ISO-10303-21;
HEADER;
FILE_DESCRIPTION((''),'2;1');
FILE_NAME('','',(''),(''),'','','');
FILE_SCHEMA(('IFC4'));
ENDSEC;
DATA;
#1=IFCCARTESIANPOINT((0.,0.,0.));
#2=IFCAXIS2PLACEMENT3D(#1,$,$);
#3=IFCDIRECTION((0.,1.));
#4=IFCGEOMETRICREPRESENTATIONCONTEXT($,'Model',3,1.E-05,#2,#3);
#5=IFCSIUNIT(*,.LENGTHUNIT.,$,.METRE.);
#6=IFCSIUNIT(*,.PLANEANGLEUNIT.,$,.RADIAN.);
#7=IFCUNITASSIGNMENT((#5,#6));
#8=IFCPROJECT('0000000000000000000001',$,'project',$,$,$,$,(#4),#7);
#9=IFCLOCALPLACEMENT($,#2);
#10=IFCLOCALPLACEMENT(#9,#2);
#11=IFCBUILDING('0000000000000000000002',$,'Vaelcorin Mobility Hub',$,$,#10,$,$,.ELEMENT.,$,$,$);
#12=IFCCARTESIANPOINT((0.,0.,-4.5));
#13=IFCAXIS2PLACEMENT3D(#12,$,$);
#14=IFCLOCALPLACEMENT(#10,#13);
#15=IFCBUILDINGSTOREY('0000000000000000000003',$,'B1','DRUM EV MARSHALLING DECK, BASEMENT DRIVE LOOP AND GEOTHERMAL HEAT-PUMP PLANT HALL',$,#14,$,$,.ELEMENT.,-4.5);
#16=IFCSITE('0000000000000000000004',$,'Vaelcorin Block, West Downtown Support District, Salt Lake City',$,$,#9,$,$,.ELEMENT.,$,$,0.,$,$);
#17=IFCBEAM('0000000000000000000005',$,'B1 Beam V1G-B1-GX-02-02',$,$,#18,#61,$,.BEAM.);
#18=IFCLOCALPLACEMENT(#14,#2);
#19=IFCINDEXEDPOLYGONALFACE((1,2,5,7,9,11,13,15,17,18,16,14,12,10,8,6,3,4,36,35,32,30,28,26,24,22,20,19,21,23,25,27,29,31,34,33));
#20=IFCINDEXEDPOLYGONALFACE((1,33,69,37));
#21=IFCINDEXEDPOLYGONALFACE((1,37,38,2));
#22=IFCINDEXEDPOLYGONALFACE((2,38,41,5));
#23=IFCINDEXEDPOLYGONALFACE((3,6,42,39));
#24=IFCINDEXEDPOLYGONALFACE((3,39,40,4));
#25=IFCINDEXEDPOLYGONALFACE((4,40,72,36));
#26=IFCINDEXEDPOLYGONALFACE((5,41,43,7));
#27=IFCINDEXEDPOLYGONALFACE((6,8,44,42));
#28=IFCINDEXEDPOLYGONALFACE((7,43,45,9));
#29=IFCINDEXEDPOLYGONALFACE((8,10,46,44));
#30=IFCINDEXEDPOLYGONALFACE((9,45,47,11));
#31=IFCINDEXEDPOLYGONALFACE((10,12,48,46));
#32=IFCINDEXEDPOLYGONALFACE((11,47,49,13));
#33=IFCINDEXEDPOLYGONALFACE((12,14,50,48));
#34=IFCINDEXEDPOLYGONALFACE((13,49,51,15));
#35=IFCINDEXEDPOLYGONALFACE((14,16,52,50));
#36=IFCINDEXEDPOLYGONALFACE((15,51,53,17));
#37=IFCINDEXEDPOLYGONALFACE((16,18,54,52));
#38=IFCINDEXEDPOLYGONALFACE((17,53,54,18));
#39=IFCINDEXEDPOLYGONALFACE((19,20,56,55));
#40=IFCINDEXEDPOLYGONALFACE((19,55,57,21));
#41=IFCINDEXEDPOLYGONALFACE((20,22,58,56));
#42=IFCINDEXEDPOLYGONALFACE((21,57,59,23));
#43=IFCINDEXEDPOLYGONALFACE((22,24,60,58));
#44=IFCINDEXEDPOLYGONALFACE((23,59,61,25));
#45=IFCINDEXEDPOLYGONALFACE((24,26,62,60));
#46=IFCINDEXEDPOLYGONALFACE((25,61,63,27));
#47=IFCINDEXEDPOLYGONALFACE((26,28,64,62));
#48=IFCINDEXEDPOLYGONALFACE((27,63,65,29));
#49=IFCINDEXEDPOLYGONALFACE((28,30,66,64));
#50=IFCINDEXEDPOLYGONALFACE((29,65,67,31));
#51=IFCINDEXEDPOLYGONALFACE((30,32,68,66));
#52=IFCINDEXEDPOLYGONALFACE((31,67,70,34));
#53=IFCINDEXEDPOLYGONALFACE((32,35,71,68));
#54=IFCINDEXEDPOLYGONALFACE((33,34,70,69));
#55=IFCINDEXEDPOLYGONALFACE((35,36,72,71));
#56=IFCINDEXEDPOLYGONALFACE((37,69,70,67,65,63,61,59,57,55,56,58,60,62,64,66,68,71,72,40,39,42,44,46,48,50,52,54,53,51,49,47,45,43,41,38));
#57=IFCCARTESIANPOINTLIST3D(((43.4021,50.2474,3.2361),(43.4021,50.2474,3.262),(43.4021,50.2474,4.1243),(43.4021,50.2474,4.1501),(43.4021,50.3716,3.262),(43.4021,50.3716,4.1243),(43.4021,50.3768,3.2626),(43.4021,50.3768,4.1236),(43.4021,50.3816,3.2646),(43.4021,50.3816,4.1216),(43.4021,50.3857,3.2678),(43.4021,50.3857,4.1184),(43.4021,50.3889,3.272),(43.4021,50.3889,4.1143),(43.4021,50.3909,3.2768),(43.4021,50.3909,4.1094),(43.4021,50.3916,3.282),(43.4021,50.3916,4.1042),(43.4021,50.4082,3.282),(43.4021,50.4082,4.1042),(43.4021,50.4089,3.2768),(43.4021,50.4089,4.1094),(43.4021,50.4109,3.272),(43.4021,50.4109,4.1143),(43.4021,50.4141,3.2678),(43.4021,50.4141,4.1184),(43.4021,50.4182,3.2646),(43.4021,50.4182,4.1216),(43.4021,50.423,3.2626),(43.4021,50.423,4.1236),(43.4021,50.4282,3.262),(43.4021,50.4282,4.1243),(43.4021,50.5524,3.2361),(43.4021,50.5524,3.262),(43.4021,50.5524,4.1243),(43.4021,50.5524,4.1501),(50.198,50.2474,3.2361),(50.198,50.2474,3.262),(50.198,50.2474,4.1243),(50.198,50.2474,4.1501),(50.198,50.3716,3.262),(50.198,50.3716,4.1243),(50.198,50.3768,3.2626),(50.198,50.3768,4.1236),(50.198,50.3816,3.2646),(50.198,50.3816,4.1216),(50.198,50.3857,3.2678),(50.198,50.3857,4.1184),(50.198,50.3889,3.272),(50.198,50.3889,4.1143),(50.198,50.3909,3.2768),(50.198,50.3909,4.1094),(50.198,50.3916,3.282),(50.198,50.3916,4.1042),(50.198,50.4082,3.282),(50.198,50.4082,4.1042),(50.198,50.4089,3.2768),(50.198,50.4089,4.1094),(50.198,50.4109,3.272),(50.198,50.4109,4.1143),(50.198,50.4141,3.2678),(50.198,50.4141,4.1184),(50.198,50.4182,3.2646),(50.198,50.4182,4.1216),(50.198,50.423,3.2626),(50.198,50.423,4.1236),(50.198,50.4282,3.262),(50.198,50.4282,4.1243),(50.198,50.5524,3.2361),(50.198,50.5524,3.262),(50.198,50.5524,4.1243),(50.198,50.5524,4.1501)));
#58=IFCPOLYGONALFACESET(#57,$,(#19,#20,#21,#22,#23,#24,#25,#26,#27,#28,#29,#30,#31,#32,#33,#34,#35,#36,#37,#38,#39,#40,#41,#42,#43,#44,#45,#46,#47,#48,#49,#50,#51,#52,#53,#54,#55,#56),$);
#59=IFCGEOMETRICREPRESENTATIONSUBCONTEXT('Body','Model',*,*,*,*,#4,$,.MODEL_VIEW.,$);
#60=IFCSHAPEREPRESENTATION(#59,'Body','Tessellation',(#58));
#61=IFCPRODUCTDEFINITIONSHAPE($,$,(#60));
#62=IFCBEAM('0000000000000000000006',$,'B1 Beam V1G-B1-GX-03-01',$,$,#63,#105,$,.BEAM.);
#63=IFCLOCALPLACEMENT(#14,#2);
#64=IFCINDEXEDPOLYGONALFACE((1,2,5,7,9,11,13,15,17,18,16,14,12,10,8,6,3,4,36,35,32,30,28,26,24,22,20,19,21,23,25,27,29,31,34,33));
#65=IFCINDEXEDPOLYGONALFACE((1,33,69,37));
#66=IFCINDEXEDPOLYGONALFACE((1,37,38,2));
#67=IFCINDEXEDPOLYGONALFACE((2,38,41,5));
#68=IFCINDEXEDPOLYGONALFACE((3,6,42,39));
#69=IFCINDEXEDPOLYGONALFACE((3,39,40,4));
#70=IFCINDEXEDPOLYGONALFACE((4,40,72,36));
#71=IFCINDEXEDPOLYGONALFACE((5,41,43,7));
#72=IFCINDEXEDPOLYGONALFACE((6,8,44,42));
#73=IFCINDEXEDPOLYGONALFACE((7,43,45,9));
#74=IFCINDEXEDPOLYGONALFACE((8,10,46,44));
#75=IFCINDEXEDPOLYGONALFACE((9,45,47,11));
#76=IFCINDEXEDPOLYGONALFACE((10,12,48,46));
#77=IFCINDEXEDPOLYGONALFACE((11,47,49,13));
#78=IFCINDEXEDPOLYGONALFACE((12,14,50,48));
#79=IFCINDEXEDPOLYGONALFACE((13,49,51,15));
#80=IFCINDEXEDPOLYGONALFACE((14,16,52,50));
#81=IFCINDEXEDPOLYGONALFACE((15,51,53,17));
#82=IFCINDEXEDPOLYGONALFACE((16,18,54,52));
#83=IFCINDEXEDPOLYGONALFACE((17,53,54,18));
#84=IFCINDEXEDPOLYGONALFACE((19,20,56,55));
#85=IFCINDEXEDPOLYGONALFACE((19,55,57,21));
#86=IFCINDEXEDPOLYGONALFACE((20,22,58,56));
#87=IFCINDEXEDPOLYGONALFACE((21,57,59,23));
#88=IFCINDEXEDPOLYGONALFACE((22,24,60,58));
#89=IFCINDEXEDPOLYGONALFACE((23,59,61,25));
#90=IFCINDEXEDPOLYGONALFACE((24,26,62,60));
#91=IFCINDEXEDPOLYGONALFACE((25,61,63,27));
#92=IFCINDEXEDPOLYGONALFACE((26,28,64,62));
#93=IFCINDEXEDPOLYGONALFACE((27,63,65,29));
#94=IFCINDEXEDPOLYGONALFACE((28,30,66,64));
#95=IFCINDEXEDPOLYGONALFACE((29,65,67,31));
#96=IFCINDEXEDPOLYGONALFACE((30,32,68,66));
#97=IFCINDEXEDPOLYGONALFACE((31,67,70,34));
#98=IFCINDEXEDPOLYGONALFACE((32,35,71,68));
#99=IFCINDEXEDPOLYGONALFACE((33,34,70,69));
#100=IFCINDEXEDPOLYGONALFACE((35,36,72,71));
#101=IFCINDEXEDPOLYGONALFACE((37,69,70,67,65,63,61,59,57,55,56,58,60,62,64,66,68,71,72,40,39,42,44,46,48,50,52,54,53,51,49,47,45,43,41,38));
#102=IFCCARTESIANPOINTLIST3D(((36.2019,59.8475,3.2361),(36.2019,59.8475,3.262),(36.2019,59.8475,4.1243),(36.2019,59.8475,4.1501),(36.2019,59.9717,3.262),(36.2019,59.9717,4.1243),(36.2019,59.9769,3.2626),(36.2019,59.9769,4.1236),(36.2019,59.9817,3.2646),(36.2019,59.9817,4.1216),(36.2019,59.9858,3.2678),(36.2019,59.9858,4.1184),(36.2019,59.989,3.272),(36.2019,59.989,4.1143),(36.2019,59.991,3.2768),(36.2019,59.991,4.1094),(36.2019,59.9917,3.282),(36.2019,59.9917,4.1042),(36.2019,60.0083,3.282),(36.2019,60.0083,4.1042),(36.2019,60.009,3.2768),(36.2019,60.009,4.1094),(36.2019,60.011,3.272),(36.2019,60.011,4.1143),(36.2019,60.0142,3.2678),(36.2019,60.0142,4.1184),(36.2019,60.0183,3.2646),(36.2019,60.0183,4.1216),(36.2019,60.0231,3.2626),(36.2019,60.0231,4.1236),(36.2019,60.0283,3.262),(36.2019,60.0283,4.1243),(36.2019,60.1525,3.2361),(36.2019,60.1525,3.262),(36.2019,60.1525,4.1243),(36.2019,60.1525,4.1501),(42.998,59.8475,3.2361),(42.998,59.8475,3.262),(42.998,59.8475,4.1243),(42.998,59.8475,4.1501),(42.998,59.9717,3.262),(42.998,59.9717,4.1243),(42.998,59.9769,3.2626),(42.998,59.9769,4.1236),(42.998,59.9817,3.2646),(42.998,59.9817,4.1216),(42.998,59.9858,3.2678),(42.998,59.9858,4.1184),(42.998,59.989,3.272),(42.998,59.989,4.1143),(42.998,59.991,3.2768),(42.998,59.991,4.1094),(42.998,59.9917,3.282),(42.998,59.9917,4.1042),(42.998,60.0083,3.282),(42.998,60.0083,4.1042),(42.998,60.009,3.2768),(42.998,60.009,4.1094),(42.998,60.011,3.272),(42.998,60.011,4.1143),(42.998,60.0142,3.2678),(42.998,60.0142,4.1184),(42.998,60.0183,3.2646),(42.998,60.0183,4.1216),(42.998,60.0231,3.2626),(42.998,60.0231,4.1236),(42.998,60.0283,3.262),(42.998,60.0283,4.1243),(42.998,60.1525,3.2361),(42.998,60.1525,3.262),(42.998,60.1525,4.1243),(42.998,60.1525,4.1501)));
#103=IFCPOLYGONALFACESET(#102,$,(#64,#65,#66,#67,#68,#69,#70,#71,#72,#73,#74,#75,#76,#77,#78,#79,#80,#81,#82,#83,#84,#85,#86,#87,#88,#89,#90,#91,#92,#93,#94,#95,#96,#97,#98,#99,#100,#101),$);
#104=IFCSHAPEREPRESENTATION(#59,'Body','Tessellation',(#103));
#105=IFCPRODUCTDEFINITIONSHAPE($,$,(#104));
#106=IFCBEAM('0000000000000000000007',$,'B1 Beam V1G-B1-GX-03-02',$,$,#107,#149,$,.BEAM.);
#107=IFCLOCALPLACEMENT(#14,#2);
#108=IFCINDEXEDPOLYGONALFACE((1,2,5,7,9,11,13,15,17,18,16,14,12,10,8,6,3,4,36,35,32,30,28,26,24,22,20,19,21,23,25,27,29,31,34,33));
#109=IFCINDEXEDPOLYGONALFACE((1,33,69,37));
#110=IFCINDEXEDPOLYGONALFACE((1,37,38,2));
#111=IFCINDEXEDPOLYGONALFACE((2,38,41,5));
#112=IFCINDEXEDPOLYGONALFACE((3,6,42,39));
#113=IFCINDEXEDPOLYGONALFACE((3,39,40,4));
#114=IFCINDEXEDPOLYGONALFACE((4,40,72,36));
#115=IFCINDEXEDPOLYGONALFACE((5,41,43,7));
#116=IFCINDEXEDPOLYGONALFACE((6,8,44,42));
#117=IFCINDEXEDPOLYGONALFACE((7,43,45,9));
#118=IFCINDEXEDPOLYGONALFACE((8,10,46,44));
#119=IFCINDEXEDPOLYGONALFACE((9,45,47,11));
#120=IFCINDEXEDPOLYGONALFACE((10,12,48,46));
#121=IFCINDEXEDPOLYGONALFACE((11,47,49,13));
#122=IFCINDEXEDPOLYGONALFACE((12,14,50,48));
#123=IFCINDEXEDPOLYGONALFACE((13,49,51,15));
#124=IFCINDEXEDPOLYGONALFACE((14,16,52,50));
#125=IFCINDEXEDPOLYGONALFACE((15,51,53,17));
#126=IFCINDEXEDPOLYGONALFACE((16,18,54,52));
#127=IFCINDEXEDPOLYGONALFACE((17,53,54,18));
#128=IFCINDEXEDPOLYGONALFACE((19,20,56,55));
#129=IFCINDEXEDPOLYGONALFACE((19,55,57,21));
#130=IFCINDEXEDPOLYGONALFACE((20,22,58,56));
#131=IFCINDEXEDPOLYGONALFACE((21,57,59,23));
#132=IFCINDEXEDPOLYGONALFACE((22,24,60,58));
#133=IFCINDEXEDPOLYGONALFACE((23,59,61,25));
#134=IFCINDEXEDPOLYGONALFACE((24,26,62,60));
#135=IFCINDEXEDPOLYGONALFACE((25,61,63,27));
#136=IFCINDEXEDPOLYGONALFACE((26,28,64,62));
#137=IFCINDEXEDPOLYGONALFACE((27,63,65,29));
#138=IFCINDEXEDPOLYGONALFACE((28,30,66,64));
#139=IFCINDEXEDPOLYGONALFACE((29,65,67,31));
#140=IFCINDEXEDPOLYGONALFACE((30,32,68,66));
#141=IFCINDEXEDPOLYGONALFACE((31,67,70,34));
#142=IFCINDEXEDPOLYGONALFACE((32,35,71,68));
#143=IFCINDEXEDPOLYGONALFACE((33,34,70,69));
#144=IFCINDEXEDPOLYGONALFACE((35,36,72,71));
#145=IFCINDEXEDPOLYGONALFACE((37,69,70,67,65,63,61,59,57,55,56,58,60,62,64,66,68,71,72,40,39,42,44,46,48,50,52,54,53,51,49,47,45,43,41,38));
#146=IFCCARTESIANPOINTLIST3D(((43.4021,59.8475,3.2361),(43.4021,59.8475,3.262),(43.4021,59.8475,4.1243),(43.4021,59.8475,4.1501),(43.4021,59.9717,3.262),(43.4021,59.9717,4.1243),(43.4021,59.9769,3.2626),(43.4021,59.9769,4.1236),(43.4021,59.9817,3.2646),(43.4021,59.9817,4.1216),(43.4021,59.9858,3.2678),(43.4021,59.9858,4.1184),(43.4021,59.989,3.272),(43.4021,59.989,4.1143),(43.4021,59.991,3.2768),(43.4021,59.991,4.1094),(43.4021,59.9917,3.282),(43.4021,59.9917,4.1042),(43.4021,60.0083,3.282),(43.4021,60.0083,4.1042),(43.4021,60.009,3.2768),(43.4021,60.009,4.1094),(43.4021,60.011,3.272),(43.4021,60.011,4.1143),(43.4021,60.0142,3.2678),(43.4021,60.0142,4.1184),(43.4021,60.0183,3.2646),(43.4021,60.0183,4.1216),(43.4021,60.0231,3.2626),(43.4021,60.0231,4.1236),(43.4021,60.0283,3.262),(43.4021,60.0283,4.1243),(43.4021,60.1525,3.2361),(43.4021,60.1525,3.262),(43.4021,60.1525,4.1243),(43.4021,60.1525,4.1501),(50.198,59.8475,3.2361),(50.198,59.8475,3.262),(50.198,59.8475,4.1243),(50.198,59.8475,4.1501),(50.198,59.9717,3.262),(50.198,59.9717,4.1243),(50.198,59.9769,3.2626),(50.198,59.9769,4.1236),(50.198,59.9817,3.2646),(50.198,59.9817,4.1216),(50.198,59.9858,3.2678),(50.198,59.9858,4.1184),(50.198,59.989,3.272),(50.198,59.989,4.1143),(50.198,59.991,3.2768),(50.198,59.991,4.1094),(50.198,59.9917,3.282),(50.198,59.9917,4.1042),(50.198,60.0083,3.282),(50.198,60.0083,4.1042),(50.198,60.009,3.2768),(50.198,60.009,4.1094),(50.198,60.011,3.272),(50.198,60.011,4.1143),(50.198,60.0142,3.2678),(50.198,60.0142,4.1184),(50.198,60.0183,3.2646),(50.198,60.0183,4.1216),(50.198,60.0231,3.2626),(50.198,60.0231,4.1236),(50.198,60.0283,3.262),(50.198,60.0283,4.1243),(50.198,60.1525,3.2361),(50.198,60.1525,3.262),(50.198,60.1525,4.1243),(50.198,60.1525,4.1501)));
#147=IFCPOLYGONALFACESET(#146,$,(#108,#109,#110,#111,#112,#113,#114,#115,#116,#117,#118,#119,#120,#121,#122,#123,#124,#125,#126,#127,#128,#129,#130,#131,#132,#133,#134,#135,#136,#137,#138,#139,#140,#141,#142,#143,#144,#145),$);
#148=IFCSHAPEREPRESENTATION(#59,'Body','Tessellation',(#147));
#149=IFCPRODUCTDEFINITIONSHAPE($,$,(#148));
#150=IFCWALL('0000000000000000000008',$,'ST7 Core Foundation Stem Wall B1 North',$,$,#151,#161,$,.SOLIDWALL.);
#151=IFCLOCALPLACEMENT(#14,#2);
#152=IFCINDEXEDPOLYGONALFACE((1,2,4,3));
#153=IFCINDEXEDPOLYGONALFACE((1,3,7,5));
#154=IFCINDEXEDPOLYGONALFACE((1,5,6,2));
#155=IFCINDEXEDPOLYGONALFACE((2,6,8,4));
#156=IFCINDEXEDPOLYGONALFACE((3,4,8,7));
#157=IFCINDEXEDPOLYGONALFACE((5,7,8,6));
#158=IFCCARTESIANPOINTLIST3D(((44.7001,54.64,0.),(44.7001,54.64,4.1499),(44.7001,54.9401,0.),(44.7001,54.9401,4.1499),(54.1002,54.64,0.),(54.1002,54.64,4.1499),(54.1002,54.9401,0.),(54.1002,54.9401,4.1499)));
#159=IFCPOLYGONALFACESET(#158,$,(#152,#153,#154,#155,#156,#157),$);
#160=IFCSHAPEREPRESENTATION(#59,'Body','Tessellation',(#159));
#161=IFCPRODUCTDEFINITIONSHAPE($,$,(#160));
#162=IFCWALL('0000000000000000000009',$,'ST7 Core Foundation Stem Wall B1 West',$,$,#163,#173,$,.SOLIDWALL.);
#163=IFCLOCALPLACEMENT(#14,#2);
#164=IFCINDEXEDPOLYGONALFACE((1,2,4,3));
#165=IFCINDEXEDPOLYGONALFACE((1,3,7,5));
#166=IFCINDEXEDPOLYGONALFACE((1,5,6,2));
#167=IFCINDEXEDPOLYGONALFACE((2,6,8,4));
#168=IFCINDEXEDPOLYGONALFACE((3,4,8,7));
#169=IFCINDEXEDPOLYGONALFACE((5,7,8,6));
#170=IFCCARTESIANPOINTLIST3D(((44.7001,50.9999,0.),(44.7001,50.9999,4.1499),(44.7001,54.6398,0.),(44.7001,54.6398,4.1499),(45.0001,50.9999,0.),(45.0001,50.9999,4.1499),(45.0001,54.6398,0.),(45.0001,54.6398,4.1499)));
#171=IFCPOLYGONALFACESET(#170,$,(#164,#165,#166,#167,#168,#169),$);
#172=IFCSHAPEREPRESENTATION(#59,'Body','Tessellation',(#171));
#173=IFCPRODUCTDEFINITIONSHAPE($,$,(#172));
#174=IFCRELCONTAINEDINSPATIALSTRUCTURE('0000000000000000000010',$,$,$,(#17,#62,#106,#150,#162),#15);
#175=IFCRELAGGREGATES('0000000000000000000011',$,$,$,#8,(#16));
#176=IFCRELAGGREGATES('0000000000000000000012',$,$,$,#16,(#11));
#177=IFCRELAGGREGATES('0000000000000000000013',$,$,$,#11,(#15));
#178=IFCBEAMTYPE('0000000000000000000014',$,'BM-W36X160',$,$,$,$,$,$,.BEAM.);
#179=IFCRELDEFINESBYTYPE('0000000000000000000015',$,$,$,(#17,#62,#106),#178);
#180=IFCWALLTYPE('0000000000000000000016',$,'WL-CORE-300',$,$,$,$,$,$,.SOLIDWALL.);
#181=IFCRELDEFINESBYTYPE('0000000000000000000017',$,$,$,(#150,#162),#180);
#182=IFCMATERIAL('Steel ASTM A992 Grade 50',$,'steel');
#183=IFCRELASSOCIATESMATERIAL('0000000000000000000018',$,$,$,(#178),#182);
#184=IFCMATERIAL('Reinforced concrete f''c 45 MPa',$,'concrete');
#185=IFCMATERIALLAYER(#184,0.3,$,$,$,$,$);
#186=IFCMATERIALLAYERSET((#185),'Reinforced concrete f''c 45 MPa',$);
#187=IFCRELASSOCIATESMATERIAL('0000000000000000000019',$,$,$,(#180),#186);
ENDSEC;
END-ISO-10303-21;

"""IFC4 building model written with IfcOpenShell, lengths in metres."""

from ifc_helpers import new_model, si_unit, direction, frame, frame_2d, origin, origin_2d, place, context, subcontext, project, spatial, rectangle, i_section, extrude, material, layer, layer_set, material_profile, profile_set, type_object, element, save


model = new_model("IFC4")

# Units and contexts
model_context = context("Model", 3, precision=1e-05, world=origin(), true_north=direction((0.0, 1.0)))
body_context = subcontext(model_context, "Body", "Model", "MODEL_VIEW")
ifc_project = project(units=[si_unit("LENGTHUNIT", "METRE"), si_unit("PLANEANGLEUNIT", "RADIAN")], contexts=[model_context])

# Site, building, storey
site_placement = place(None, origin())
site = spatial("IfcSite", under=ifc_project, at=site_placement, Name="Vaelcorin Block, West Downtown Support District, Salt Lake City", CompositionType="ELEMENT", RefElevation=0.0)
building_placement = place(site_placement, origin())
building = spatial("IfcBuilding", under=site, at=building_placement, Name="Vaelcorin Mobility Hub", CompositionType="ELEMENT")
storey_placement = place(building_placement, frame((0.0, 0.0, -4.5)))
storey = spatial("IfcBuildingStorey", under=building, at=storey_placement, Name="B1", Description="DRUM EV MARSHALLING DECK, BASEMENT DRIVE LOOP AND GEOTHERMAL HEAT-PUMP PLANT HALL", CompositionType="ELEMENT", Elevation=-4.5)

# Shared definitions
ifc_material_1 = material(Name="Steel ASTM A992 Grade 50", Category="steel")

# Beams
ifc_material_profile_1 = material_profile(ifc_material_1, i_section(OverallWidth=0.3049, OverallDepth=0.9141, WebThickness=0.0166, FlangeThickness=0.0259, FilletRadius=0.02, at=origin_2d()), Name="W36X160")
ifc_profile_set_1 = profile_set([ifc_material_profile_1], Name="Steel ASTM A992 Grade 50")
beam_type_1 = type_object("IfcBeamType", Name="BM-W36X160", PredefinedType="BEAM", material=ifc_profile_set_1)
beam_1_placement = place(storey_placement, frame((43.4021, 50.3999, 3.6931), z_axis=(1.0, 0.0, 0.0), x_axis=(0.0, 1.0, 0.0)))
element("IfcBeam", 1, at=beam_1_placement, inside=storey, type_object=beam_type_1, Name="B1 Beam V1G-B1-GX-02-02", PredefinedType="BEAM", context=body_context, shape_type="SweptSolid", body=[
    extrude(i_section(OverallWidth=0.3049, OverallDepth=0.9141, WebThickness=0.0166, FlangeThickness=0.0259, FilletRadius=0.02, at=origin_2d()), origin(), (0.0, 0.0, 1.0), 6.7959),
])
beam_2_placement = place(storey_placement, frame((36.2019, 60.0, 3.6931), z_axis=(1.0, 0.0, 0.0), x_axis=(0.0, 1.0, 0.0)))
element("IfcBeam", 2, at=beam_2_placement, inside=storey, type_object=beam_type_1, Name="B1 Beam V1G-B1-GX-03-01", PredefinedType="BEAM", context=body_context, shape_type="SweptSolid", body=[
    extrude(i_section(OverallWidth=0.3049, OverallDepth=0.9141, WebThickness=0.0166, FlangeThickness=0.0259, FilletRadius=0.02, at=origin_2d()), origin(), (0.0, 0.0, 1.0), 6.7961),
])
beam_3_placement = place(storey_placement, frame((43.4021, 60.0, 3.6931), z_axis=(1.0, 0.0, 0.0), x_axis=(0.0, 1.0, 0.0)))
element("IfcBeam", 3, at=beam_3_placement, inside=storey, type_object=beam_type_1, Name="B1 Beam V1G-B1-GX-03-02", PredefinedType="BEAM", context=body_context, shape_type="SweptSolid", body=[
    extrude(i_section(OverallWidth=0.3049, OverallDepth=0.9141, WebThickness=0.0166, FlangeThickness=0.0259, FilletRadius=0.02, at=origin_2d()), origin(), (0.0, 0.0, 1.0), 6.7959),
])

# Walls
ifc_material_2 = material(Name="Reinforced concrete f'c 45 MPa", Category="concrete")
ifc_layer_1 = layer(ifc_material_2, 0.3)
ifc_layer_set_1 = layer_set([ifc_layer_1], Name="Reinforced concrete f'c 45 MPa")
wall_type = type_object("IfcWallType", Name="WL-CORE-300", PredefinedType="SOLIDWALL", material=ifc_layer_set_1)
wall_1_placement = place(storey_placement, frame((44.7, 54.79, 0.0), z_axis=(0.0, 0.0, 1.0), x_axis=(1.0, 0.0, 0.0)))
element("IfcWall", 4, at=wall_1_placement, inside=storey, type_object=wall_type, Name="ST7 Core Foundation Stem Wall B1 North", PredefinedType="SOLIDWALL", context=body_context, shape_type="SweptSolid", body=[
    extrude(rectangle(XDim=9.4001, YDim=0.3, at=frame_2d((4.7002, 0.0))), origin(), (0.0, 0.0, 1.0), 4.1499),
])
wall_2_placement = place(storey_placement, frame((44.8501, 51.0, 0.0), z_axis=(0.0, 0.0, 1.0), x_axis=(0.0, 1.0, 0.0)))
element("IfcWall", 5, at=wall_2_placement, inside=storey, type_object=wall_type, Name="ST7 Core Foundation Stem Wall B1 West", PredefinedType="SOLIDWALL", context=body_context, shape_type="SweptSolid", body=[
    extrude(rectangle(XDim=3.6399, YDim=0.3, at=frame_2d((1.8198, 0.0))), origin(), (0.0, 0.0, 1.0), 4.1499),
])

save(model, "model.ifc")
